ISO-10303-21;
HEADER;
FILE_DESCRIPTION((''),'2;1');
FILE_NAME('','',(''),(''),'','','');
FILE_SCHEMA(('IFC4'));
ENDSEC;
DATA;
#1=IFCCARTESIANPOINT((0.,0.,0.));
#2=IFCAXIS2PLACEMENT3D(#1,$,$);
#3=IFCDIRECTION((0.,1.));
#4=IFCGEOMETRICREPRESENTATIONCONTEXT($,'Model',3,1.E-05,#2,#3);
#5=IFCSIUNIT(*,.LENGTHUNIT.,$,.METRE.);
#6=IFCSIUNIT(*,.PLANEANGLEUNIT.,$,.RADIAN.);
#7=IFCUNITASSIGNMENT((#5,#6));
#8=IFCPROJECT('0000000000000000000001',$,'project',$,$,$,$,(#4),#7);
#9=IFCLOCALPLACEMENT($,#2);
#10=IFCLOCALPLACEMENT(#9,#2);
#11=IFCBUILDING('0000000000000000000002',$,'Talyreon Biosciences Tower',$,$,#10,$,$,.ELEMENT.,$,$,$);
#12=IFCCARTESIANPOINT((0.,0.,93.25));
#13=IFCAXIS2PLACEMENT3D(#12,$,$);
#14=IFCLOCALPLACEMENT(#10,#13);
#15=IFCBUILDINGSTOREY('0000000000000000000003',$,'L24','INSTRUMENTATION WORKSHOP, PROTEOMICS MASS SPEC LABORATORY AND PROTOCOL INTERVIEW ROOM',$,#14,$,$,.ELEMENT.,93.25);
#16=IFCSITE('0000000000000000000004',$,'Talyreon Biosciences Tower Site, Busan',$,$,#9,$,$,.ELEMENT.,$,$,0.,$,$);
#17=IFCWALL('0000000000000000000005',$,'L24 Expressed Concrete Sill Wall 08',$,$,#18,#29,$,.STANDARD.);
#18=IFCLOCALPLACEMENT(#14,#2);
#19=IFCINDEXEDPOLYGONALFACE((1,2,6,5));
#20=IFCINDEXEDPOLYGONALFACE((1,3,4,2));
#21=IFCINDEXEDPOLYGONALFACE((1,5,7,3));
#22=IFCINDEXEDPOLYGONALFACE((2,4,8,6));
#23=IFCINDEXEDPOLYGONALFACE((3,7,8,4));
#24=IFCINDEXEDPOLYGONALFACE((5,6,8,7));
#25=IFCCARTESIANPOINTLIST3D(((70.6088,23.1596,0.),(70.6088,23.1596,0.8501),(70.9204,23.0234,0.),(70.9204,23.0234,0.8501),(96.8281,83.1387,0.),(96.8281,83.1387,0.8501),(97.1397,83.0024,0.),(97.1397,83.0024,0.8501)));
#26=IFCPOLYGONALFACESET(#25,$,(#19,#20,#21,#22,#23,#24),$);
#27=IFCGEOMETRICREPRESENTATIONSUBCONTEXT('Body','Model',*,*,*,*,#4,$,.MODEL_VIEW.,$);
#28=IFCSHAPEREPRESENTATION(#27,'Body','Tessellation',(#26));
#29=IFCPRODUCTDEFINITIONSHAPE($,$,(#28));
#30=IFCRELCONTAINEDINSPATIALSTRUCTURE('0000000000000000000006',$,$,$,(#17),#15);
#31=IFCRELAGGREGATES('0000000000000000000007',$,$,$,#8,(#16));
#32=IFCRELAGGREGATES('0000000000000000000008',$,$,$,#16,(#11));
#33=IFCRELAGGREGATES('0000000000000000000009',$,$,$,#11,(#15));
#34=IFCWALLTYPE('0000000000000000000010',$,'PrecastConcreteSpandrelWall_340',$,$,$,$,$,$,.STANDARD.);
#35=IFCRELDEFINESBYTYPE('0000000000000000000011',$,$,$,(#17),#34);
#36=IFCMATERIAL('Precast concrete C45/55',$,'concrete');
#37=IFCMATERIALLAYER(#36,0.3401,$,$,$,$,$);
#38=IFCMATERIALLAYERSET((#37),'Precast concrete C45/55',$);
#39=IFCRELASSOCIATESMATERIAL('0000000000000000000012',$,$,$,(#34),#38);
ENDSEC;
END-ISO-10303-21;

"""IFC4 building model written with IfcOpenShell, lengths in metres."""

from ifc_helpers import new_model, si_unit, direction, frame, frame_2d, origin, place, context, subcontext, project, spatial, rectangle, extrude, material, layer, layer_set, type_object, element, save


model = new_model("IFC4")

# Units and contexts
model_context = context("Model", 3, precision=1e-05, world=origin(), true_north=direction((0.0, 1.0)))
body_context = subcontext(model_context, "Body", "Model", "MODEL_VIEW")
ifc_project = project(units=[si_unit("LENGTHUNIT", "METRE"), si_unit("PLANEANGLEUNIT", "RADIAN")], contexts=[model_context])

# Site, building, storey
site_placement = place(None, origin())
site = spatial("IfcSite", under=ifc_project, at=site_placement, Name="Talyreon Biosciences Tower Site, Busan", CompositionType="ELEMENT", RefElevation=0.0)
building_placement = place(site_placement, origin())
building = spatial("IfcBuilding", under=site, at=building_placement, Name="Talyreon Biosciences Tower", CompositionType="ELEMENT")
storey_placement = place(building_placement, frame((0.0, 0.0, 93.25)))
storey = spatial("IfcBuildingStorey", under=building, at=storey_placement, Name="L24", Description="INSTRUMENTATION WORKSHOP, PROTEOMICS MASS SPEC LABORATORY AND PROTOCOL INTERVIEW ROOM", CompositionType="ELEMENT", Elevation=93.25)

# Shared definitions
ifc_material_1 = material(Name="Precast concrete C45/55", Category="concrete")

# Wall
ifc_layer_1 = layer(ifc_material_1, 0.3401)
ifc_layer_set_1 = layer_set([ifc_layer_1], Name="Precast concrete C45/55")
wall_type = type_object("IfcWallType", Name="PrecastConcreteSpandrelWall_340", PredefinedType="STANDARD", material=ifc_layer_set_1)
wall_1_placement = place(storey_placement, frame((96.9839, 83.0706, 0.0), z_axis=(0.0, 0.0, 1.0), x_axis=(-0.400542, -0.916278, 0.0)))
element("IfcWall", 1, at=wall_1_placement, inside=storey, type_object=wall_type, Name="L24 Expressed Concrete Sill Wall 08", PredefinedType="STANDARD", context=body_context, shape_type="SweptSolid", body=[
    extrude(rectangle(XDim=65.4595, YDim=0.3401, at=frame_2d((32.7297, 0.0))), origin(), (0.0, 0.0, 1.0), 0.8501),
])

save(model, "model.ifc")
